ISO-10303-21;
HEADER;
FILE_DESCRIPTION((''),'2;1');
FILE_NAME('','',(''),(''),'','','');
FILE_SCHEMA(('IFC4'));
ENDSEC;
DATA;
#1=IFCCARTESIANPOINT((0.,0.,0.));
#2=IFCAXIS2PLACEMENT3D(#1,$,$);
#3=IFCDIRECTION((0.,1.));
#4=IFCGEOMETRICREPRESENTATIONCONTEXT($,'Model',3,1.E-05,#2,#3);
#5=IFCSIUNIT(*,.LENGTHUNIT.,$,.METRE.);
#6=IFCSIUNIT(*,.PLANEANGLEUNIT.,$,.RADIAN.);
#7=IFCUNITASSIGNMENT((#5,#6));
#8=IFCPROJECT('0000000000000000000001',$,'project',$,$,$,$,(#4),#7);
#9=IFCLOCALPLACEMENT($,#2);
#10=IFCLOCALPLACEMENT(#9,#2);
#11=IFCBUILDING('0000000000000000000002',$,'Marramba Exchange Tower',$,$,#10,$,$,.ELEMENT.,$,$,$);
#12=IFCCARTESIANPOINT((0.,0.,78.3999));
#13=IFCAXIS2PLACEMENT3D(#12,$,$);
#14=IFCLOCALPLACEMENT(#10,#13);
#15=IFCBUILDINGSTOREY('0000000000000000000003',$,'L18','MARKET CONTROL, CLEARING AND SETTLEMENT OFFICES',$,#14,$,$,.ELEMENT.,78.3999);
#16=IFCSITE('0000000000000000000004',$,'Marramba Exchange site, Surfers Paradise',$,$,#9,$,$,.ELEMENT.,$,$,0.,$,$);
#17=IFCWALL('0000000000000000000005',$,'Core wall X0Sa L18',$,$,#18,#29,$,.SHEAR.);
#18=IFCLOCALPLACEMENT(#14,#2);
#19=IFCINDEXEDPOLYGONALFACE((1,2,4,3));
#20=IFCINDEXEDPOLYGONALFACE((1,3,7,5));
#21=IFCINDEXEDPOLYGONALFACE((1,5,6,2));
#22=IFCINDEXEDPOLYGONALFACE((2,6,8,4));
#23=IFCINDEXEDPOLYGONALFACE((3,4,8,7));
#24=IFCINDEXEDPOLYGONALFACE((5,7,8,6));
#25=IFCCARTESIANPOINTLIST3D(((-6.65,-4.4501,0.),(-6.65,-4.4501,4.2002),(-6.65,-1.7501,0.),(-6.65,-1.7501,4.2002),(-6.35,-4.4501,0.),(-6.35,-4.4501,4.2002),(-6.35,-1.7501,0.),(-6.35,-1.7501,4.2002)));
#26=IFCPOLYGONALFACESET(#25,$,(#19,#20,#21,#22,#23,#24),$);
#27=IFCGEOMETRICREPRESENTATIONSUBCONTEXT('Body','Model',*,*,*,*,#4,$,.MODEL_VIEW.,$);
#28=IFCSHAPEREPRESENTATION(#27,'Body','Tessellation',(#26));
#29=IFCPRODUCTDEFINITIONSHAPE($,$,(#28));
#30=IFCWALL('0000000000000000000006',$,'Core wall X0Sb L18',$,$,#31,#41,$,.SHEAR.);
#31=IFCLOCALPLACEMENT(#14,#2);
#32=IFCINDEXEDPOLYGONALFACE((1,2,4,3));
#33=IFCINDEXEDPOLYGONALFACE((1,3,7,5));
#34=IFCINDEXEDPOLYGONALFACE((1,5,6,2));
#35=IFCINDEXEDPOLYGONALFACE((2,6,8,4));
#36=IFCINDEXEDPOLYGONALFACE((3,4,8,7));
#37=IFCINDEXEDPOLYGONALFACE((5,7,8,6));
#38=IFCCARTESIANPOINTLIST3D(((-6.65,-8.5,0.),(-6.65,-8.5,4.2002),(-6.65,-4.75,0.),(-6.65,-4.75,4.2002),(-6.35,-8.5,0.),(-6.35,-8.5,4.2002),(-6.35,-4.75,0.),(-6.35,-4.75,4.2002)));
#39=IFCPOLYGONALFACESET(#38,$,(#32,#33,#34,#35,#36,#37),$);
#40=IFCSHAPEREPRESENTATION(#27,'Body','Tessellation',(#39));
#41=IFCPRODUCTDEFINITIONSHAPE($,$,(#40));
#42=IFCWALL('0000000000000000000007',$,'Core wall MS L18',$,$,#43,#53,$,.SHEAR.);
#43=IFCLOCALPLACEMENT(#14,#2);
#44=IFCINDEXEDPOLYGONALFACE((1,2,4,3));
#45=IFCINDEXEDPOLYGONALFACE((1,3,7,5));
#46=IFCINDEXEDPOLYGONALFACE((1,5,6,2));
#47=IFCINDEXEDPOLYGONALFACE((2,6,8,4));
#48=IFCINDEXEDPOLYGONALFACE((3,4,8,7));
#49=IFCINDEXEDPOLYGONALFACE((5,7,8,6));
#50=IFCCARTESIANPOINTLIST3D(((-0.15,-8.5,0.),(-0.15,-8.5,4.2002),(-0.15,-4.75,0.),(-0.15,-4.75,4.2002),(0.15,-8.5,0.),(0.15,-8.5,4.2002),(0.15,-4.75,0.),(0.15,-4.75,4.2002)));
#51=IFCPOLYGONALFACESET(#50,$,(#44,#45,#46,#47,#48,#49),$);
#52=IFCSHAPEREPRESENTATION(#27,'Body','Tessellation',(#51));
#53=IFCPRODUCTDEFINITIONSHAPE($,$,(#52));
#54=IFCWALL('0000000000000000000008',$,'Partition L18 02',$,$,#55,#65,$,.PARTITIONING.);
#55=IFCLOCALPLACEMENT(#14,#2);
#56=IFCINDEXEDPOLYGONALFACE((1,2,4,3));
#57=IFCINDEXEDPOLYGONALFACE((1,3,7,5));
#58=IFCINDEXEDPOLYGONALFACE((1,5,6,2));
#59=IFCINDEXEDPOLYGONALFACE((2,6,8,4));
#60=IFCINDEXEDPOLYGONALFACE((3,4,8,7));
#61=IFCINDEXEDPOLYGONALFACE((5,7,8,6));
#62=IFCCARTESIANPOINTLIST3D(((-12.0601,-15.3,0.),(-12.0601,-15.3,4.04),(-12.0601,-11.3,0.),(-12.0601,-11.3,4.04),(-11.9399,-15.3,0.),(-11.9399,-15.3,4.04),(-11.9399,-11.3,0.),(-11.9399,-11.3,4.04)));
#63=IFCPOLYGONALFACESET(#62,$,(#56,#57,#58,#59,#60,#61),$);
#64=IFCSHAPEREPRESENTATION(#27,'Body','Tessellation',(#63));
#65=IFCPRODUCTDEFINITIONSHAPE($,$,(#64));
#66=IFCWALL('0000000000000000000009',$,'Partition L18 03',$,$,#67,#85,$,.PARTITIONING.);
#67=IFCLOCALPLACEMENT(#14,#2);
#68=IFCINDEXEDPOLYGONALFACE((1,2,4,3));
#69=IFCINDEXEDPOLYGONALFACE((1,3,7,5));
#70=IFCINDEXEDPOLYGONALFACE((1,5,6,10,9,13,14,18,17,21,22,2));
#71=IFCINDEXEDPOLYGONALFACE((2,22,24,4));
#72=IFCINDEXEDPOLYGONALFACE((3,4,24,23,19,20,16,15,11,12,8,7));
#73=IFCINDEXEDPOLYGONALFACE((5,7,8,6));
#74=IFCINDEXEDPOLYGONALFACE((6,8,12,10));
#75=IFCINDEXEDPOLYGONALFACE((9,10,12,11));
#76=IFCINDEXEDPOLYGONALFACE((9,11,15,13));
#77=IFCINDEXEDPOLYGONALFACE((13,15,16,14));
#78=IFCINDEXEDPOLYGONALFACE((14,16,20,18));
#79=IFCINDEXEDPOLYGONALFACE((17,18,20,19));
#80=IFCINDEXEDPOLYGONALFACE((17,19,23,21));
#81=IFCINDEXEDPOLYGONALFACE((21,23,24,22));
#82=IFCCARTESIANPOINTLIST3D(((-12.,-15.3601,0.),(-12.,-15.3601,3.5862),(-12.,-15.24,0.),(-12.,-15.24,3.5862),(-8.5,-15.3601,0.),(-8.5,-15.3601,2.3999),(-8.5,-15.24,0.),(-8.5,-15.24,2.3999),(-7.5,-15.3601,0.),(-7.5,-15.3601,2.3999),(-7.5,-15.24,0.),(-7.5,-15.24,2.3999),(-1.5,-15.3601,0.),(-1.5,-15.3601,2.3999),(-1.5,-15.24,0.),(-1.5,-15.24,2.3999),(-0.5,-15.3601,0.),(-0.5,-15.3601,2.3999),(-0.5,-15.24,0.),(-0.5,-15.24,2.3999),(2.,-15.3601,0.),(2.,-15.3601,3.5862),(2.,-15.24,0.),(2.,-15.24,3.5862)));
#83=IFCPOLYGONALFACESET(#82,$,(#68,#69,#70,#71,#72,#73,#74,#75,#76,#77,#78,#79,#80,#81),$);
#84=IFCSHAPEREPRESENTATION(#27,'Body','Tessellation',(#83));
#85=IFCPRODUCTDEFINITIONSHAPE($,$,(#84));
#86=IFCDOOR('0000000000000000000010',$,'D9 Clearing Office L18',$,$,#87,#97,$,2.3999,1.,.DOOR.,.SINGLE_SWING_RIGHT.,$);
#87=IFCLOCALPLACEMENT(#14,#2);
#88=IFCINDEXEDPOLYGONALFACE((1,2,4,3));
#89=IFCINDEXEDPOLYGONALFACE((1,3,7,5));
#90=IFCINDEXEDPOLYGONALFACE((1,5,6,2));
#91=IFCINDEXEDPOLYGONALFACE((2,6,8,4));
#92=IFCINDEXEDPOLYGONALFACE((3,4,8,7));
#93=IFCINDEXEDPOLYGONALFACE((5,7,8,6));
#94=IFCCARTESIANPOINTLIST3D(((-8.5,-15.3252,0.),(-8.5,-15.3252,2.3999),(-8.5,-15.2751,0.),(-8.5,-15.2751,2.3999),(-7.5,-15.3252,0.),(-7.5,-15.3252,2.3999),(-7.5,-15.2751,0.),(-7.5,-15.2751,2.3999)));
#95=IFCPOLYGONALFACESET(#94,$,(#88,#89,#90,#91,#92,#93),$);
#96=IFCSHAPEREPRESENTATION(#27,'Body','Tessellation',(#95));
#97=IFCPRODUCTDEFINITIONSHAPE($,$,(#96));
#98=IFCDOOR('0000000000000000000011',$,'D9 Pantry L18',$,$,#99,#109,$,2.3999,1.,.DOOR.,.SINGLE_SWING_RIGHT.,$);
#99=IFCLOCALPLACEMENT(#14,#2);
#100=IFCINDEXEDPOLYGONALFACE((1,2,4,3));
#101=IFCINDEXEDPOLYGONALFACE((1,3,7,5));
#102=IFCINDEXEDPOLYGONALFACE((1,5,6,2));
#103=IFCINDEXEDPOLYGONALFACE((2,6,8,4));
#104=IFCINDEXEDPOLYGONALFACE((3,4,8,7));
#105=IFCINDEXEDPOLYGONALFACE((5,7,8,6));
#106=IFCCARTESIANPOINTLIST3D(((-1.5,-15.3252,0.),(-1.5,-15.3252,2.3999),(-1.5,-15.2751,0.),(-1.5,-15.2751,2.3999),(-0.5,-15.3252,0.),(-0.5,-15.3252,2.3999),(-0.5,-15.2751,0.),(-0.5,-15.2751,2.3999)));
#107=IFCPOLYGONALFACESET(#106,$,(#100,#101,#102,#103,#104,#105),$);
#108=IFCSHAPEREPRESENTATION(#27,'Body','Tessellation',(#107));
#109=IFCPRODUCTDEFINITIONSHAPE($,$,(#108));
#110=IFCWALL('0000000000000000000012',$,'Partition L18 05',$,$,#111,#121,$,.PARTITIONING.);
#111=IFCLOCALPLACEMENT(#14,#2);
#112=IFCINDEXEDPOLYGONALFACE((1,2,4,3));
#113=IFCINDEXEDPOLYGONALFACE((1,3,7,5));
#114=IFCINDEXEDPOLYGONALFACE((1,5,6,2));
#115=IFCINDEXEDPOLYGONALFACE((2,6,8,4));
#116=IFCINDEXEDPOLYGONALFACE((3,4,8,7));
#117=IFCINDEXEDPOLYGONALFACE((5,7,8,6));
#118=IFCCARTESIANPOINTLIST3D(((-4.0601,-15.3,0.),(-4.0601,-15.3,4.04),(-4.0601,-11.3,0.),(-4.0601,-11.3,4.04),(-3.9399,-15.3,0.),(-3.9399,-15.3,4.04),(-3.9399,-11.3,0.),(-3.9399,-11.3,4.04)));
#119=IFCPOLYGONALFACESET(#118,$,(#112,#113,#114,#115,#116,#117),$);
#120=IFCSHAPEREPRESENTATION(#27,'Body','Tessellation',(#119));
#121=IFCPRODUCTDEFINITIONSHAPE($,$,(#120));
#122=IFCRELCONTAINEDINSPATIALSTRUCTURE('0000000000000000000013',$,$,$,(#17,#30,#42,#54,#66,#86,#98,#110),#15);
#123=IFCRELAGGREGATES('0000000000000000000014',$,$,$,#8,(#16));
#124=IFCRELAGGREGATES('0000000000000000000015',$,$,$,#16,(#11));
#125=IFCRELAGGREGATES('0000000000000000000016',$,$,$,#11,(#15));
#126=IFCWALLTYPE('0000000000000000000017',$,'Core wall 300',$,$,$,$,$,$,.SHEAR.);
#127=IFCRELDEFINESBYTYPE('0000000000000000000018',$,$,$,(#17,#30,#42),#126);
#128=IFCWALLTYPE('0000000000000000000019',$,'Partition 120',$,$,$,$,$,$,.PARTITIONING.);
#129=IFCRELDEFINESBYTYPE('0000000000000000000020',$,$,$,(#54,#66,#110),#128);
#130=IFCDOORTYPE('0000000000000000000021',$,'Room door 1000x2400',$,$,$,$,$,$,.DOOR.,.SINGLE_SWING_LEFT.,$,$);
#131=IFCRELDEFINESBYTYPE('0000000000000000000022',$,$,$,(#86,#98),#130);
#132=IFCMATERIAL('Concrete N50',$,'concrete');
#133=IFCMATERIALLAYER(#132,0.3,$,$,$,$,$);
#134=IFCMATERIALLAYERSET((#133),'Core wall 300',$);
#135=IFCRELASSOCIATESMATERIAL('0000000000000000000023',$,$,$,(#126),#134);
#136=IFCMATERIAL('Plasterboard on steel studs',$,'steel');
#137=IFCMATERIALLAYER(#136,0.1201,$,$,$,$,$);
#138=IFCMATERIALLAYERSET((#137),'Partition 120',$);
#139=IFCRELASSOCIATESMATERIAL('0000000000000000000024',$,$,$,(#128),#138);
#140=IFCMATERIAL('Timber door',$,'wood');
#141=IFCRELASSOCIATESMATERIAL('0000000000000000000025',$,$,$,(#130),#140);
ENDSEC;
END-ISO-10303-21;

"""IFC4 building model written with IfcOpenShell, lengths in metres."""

from ifc_helpers import new_model, si_unit, direction, frame, frame_2d, origin, place, context, subcontext, project, spatial, rectangle, extrude, material, layer, layer_set, type_object, element, fill, save


model = new_model("IFC4")

# Units and contexts
model_context = context("Model", 3, precision=1e-05, world=origin(), true_north=direction((0.0, 1.0)))
body_context = subcontext(model_context, "Body", "Model", "MODEL_VIEW")
ifc_project = project(units=[si_unit("LENGTHUNIT", "METRE"), si_unit("PLANEANGLEUNIT", "RADIAN")], contexts=[model_context])

# Site, building, storey
site_placement = place(None, origin())
site = spatial("IfcSite", under=ifc_project, at=site_placement, Name="Marramba Exchange site, Surfers Paradise", CompositionType="ELEMENT", RefElevation=0.0)
building_placement = place(site_placement, origin())
building = spatial("IfcBuilding", under=site, at=building_placement, Name="Marramba Exchange Tower", CompositionType="ELEMENT")
storey_placement = place(building_placement, frame((0.0, 0.0, 78.3999)))
storey = spatial("IfcBuildingStorey", under=building, at=storey_placement, Name="L18", Description="MARKET CONTROL, CLEARING AND SETTLEMENT OFFICES", CompositionType="ELEMENT", Elevation=78.3999)

# Shared definitions
ifc_material_1 = material(Name="Concrete N50", Category="concrete")

# Shared definitions
ifc_layer_1 = layer(ifc_material_1, 0.3)
ifc_layer_set_1 = layer_set([ifc_layer_1], Name="Core wall 300")
wall_type_1 = type_object("IfcWallType", Name="Core wall 300", PredefinedType="SHEAR", material=ifc_layer_set_1)

# Walls
wall_1_placement = place(storey_placement, frame((-6.5, -1.75, 0.0), z_axis=(0.0, 0.0, 1.0), x_axis=(0.0, -1.0, 0.0)))
element("IfcWall", 1, at=wall_1_placement, inside=storey, type_object=wall_type_1, Name="Core wall X0Sa L18", PredefinedType="SHEAR", context=body_context, shape_type="SweptSolid", body=[
    extrude(rectangle(XDim=2.7, YDim=0.3, at=frame_2d((1.3501, 0.0))), origin(), (0.0, 0.0, 1.0), 4.2002),
])
for number, where, z_axis, x_axis, name in (
    (2, (-6.5, -4.75, 0.0), (0.0, 0.0, 1.0), (0.0, -1.0, 0.0), "Core wall X0Sb L18"),
    (3, (0.0, -4.75, 0.0), (0.0, 0.0, 1.0), (0.0, -1.0, 0.0), "Core wall MS L18"),
):
    element("IfcWall", number, at=place(storey_placement, frame(where, z_axis=z_axis, x_axis=x_axis)), inside=storey, type_object=wall_type_1, Name=name, PredefinedType="SHEAR", context=body_context, shape_type="SweptSolid", body=[
        extrude(rectangle(XDim=3.75, YDim=0.3, at=frame_2d((1.875, 0.0))), origin(), (0.0, 0.0, 1.0), 4.2002),
    ])
ifc_material_2 = material(Name="Plasterboard on steel studs", Category="steel")
ifc_layer_2 = layer(ifc_material_2, 0.1201)
ifc_layer_set_2 = layer_set([ifc_layer_2], Name="Partition 120")
wall_type_2 = type_object("IfcWallType", Name="Partition 120", PredefinedType="PARTITIONING", material=ifc_layer_set_2)
wall_2_placement = place(storey_placement, frame((-12.0, -11.3, 0.0), z_axis=(0.0, 0.0, 1.0), x_axis=(0.0, -1.0, 0.0)))
element("IfcWall", 4, at=wall_2_placement, inside=storey, type_object=wall_type_2, Name="Partition L18 02", PredefinedType="PARTITIONING", context=body_context, shape_type="SweptSolid", body=[
    extrude(rectangle(XDim=4.0, YDim=0.1201, at=frame_2d((2.0, 0.0))), origin(), (0.0, 0.0, 1.0), 4.04),
])

# Wall, openings, doors
wall_3_placement = place(storey_placement, frame((-12.0, -15.3, 0.0), z_axis=(0.0, 0.0, 1.0), x_axis=(1.0, 0.0, 0.0)))
wall_3 = element("IfcWall", 5, at=wall_3_placement, inside=storey, type_object=wall_type_2, Name="Partition L18 03", PredefinedType="PARTITIONING", context=body_context, shape_type="SweptSolid", body=[
    extrude(rectangle(XDim=14.0, YDim=0.1201, at=frame_2d((7.0, 0.0))), origin(), (0.0, 0.0, 1.0), 3.5862),
])
opening_1_placement = place(wall_3_placement, frame((3.5, 0.0, 0.0)))
opening_1 = element("IfcOpeningElement", 6, at=opening_1_placement, cuts=wall_3, PredefinedType="OPENING", context=body_context, shape_type="SweptSolid", body=[
    extrude(rectangle(XDim=1.0, YDim=2.3999, at=frame_2d((0.5, 1.2))), frame((0.0, 0.0701, 0.0), z_axis=(0.0, -1.0, 0.0), x_axis=(1.0, 0.0, 0.0)), (0.0, 0.0, 1.0), 0.1401),
])
opening_2_placement = place(wall_3_placement, frame((10.5, 0.0, 0.0)))
opening_2 = element("IfcOpeningElement", 7, at=opening_2_placement, cuts=wall_3, PredefinedType="OPENING", context=body_context, shape_type="SweptSolid", body=[
    extrude(rectangle(XDim=1.0, YDim=2.3999, at=frame_2d((0.5, 1.2))), frame((0.0, 0.0701, 0.0), z_axis=(0.0, -1.0, 0.0), x_axis=(1.0, 0.0, 0.0)), (0.0, 0.0, 1.0), 0.1401),
])
ifc_material_3 = material(Name="Timber door", Category="wood")
door_type_1 = type_object("IfcDoorType", Name="Room door 1000x2400", OperationType="SINGLE_SWING_LEFT", PredefinedType="DOOR", material=ifc_material_3)
door_1_placement = place(opening_1_placement, origin())
door_1 = element("IfcDoor", 8, at=door_1_placement, inside=storey, type_object=door_type_1, Name="D9 Clearing Office L18", OperationType="SINGLE_SWING_RIGHT", OverallHeight=2.3999, OverallWidth=1.0, PredefinedType="DOOR", context=body_context, shape_type="SweptSolid", body=[
    extrude(rectangle(XDim=1.0, YDim=2.3999, at=frame_2d((0.5, 1.2))), frame((0.0, 0.0249, 0.0), z_axis=(0.0, -1.0, 0.0), x_axis=(1.0, 0.0, 0.0)), (0.0, 0.0, 1.0), 0.05),
])
fill(opening_1, door_1)
door_2_placement = place(opening_2_placement, origin())
door_2 = element("IfcDoor", 9, at=door_2_placement, inside=storey, type_object=door_type_1, Name="D9 Pantry L18", OperationType="SINGLE_SWING_RIGHT", OverallHeight=2.3999, OverallWidth=1.0, PredefinedType="DOOR", context=body_context, shape_type="SweptSolid", body=[
    extrude(rectangle(XDim=1.0, YDim=2.3999, at=frame_2d((0.5, 1.2))), frame((0.0, 0.0249, 0.0), z_axis=(0.0, -1.0, 0.0), x_axis=(1.0, 0.0, 0.0)), (0.0, 0.0, 1.0), 0.05),
])
fill(opening_2, door_2)

# Wall
wall_4_placement = place(storey_placement, frame((-4.0, -11.3, 0.0), z_axis=(0.0, 0.0, 1.0), x_axis=(0.0, -1.0, 0.0)))
element("IfcWall", 10, at=wall_4_placement, inside=storey, type_object=wall_type_2, Name="Partition L18 05", PredefinedType="PARTITIONING", context=body_context, shape_type="SweptSolid", body=[
    extrude(rectangle(XDim=4.0, YDim=0.1201, at=frame_2d((2.0, 0.0))), origin(), (0.0, 0.0, 1.0), 4.04),
])

save(model, "model.ifc")
